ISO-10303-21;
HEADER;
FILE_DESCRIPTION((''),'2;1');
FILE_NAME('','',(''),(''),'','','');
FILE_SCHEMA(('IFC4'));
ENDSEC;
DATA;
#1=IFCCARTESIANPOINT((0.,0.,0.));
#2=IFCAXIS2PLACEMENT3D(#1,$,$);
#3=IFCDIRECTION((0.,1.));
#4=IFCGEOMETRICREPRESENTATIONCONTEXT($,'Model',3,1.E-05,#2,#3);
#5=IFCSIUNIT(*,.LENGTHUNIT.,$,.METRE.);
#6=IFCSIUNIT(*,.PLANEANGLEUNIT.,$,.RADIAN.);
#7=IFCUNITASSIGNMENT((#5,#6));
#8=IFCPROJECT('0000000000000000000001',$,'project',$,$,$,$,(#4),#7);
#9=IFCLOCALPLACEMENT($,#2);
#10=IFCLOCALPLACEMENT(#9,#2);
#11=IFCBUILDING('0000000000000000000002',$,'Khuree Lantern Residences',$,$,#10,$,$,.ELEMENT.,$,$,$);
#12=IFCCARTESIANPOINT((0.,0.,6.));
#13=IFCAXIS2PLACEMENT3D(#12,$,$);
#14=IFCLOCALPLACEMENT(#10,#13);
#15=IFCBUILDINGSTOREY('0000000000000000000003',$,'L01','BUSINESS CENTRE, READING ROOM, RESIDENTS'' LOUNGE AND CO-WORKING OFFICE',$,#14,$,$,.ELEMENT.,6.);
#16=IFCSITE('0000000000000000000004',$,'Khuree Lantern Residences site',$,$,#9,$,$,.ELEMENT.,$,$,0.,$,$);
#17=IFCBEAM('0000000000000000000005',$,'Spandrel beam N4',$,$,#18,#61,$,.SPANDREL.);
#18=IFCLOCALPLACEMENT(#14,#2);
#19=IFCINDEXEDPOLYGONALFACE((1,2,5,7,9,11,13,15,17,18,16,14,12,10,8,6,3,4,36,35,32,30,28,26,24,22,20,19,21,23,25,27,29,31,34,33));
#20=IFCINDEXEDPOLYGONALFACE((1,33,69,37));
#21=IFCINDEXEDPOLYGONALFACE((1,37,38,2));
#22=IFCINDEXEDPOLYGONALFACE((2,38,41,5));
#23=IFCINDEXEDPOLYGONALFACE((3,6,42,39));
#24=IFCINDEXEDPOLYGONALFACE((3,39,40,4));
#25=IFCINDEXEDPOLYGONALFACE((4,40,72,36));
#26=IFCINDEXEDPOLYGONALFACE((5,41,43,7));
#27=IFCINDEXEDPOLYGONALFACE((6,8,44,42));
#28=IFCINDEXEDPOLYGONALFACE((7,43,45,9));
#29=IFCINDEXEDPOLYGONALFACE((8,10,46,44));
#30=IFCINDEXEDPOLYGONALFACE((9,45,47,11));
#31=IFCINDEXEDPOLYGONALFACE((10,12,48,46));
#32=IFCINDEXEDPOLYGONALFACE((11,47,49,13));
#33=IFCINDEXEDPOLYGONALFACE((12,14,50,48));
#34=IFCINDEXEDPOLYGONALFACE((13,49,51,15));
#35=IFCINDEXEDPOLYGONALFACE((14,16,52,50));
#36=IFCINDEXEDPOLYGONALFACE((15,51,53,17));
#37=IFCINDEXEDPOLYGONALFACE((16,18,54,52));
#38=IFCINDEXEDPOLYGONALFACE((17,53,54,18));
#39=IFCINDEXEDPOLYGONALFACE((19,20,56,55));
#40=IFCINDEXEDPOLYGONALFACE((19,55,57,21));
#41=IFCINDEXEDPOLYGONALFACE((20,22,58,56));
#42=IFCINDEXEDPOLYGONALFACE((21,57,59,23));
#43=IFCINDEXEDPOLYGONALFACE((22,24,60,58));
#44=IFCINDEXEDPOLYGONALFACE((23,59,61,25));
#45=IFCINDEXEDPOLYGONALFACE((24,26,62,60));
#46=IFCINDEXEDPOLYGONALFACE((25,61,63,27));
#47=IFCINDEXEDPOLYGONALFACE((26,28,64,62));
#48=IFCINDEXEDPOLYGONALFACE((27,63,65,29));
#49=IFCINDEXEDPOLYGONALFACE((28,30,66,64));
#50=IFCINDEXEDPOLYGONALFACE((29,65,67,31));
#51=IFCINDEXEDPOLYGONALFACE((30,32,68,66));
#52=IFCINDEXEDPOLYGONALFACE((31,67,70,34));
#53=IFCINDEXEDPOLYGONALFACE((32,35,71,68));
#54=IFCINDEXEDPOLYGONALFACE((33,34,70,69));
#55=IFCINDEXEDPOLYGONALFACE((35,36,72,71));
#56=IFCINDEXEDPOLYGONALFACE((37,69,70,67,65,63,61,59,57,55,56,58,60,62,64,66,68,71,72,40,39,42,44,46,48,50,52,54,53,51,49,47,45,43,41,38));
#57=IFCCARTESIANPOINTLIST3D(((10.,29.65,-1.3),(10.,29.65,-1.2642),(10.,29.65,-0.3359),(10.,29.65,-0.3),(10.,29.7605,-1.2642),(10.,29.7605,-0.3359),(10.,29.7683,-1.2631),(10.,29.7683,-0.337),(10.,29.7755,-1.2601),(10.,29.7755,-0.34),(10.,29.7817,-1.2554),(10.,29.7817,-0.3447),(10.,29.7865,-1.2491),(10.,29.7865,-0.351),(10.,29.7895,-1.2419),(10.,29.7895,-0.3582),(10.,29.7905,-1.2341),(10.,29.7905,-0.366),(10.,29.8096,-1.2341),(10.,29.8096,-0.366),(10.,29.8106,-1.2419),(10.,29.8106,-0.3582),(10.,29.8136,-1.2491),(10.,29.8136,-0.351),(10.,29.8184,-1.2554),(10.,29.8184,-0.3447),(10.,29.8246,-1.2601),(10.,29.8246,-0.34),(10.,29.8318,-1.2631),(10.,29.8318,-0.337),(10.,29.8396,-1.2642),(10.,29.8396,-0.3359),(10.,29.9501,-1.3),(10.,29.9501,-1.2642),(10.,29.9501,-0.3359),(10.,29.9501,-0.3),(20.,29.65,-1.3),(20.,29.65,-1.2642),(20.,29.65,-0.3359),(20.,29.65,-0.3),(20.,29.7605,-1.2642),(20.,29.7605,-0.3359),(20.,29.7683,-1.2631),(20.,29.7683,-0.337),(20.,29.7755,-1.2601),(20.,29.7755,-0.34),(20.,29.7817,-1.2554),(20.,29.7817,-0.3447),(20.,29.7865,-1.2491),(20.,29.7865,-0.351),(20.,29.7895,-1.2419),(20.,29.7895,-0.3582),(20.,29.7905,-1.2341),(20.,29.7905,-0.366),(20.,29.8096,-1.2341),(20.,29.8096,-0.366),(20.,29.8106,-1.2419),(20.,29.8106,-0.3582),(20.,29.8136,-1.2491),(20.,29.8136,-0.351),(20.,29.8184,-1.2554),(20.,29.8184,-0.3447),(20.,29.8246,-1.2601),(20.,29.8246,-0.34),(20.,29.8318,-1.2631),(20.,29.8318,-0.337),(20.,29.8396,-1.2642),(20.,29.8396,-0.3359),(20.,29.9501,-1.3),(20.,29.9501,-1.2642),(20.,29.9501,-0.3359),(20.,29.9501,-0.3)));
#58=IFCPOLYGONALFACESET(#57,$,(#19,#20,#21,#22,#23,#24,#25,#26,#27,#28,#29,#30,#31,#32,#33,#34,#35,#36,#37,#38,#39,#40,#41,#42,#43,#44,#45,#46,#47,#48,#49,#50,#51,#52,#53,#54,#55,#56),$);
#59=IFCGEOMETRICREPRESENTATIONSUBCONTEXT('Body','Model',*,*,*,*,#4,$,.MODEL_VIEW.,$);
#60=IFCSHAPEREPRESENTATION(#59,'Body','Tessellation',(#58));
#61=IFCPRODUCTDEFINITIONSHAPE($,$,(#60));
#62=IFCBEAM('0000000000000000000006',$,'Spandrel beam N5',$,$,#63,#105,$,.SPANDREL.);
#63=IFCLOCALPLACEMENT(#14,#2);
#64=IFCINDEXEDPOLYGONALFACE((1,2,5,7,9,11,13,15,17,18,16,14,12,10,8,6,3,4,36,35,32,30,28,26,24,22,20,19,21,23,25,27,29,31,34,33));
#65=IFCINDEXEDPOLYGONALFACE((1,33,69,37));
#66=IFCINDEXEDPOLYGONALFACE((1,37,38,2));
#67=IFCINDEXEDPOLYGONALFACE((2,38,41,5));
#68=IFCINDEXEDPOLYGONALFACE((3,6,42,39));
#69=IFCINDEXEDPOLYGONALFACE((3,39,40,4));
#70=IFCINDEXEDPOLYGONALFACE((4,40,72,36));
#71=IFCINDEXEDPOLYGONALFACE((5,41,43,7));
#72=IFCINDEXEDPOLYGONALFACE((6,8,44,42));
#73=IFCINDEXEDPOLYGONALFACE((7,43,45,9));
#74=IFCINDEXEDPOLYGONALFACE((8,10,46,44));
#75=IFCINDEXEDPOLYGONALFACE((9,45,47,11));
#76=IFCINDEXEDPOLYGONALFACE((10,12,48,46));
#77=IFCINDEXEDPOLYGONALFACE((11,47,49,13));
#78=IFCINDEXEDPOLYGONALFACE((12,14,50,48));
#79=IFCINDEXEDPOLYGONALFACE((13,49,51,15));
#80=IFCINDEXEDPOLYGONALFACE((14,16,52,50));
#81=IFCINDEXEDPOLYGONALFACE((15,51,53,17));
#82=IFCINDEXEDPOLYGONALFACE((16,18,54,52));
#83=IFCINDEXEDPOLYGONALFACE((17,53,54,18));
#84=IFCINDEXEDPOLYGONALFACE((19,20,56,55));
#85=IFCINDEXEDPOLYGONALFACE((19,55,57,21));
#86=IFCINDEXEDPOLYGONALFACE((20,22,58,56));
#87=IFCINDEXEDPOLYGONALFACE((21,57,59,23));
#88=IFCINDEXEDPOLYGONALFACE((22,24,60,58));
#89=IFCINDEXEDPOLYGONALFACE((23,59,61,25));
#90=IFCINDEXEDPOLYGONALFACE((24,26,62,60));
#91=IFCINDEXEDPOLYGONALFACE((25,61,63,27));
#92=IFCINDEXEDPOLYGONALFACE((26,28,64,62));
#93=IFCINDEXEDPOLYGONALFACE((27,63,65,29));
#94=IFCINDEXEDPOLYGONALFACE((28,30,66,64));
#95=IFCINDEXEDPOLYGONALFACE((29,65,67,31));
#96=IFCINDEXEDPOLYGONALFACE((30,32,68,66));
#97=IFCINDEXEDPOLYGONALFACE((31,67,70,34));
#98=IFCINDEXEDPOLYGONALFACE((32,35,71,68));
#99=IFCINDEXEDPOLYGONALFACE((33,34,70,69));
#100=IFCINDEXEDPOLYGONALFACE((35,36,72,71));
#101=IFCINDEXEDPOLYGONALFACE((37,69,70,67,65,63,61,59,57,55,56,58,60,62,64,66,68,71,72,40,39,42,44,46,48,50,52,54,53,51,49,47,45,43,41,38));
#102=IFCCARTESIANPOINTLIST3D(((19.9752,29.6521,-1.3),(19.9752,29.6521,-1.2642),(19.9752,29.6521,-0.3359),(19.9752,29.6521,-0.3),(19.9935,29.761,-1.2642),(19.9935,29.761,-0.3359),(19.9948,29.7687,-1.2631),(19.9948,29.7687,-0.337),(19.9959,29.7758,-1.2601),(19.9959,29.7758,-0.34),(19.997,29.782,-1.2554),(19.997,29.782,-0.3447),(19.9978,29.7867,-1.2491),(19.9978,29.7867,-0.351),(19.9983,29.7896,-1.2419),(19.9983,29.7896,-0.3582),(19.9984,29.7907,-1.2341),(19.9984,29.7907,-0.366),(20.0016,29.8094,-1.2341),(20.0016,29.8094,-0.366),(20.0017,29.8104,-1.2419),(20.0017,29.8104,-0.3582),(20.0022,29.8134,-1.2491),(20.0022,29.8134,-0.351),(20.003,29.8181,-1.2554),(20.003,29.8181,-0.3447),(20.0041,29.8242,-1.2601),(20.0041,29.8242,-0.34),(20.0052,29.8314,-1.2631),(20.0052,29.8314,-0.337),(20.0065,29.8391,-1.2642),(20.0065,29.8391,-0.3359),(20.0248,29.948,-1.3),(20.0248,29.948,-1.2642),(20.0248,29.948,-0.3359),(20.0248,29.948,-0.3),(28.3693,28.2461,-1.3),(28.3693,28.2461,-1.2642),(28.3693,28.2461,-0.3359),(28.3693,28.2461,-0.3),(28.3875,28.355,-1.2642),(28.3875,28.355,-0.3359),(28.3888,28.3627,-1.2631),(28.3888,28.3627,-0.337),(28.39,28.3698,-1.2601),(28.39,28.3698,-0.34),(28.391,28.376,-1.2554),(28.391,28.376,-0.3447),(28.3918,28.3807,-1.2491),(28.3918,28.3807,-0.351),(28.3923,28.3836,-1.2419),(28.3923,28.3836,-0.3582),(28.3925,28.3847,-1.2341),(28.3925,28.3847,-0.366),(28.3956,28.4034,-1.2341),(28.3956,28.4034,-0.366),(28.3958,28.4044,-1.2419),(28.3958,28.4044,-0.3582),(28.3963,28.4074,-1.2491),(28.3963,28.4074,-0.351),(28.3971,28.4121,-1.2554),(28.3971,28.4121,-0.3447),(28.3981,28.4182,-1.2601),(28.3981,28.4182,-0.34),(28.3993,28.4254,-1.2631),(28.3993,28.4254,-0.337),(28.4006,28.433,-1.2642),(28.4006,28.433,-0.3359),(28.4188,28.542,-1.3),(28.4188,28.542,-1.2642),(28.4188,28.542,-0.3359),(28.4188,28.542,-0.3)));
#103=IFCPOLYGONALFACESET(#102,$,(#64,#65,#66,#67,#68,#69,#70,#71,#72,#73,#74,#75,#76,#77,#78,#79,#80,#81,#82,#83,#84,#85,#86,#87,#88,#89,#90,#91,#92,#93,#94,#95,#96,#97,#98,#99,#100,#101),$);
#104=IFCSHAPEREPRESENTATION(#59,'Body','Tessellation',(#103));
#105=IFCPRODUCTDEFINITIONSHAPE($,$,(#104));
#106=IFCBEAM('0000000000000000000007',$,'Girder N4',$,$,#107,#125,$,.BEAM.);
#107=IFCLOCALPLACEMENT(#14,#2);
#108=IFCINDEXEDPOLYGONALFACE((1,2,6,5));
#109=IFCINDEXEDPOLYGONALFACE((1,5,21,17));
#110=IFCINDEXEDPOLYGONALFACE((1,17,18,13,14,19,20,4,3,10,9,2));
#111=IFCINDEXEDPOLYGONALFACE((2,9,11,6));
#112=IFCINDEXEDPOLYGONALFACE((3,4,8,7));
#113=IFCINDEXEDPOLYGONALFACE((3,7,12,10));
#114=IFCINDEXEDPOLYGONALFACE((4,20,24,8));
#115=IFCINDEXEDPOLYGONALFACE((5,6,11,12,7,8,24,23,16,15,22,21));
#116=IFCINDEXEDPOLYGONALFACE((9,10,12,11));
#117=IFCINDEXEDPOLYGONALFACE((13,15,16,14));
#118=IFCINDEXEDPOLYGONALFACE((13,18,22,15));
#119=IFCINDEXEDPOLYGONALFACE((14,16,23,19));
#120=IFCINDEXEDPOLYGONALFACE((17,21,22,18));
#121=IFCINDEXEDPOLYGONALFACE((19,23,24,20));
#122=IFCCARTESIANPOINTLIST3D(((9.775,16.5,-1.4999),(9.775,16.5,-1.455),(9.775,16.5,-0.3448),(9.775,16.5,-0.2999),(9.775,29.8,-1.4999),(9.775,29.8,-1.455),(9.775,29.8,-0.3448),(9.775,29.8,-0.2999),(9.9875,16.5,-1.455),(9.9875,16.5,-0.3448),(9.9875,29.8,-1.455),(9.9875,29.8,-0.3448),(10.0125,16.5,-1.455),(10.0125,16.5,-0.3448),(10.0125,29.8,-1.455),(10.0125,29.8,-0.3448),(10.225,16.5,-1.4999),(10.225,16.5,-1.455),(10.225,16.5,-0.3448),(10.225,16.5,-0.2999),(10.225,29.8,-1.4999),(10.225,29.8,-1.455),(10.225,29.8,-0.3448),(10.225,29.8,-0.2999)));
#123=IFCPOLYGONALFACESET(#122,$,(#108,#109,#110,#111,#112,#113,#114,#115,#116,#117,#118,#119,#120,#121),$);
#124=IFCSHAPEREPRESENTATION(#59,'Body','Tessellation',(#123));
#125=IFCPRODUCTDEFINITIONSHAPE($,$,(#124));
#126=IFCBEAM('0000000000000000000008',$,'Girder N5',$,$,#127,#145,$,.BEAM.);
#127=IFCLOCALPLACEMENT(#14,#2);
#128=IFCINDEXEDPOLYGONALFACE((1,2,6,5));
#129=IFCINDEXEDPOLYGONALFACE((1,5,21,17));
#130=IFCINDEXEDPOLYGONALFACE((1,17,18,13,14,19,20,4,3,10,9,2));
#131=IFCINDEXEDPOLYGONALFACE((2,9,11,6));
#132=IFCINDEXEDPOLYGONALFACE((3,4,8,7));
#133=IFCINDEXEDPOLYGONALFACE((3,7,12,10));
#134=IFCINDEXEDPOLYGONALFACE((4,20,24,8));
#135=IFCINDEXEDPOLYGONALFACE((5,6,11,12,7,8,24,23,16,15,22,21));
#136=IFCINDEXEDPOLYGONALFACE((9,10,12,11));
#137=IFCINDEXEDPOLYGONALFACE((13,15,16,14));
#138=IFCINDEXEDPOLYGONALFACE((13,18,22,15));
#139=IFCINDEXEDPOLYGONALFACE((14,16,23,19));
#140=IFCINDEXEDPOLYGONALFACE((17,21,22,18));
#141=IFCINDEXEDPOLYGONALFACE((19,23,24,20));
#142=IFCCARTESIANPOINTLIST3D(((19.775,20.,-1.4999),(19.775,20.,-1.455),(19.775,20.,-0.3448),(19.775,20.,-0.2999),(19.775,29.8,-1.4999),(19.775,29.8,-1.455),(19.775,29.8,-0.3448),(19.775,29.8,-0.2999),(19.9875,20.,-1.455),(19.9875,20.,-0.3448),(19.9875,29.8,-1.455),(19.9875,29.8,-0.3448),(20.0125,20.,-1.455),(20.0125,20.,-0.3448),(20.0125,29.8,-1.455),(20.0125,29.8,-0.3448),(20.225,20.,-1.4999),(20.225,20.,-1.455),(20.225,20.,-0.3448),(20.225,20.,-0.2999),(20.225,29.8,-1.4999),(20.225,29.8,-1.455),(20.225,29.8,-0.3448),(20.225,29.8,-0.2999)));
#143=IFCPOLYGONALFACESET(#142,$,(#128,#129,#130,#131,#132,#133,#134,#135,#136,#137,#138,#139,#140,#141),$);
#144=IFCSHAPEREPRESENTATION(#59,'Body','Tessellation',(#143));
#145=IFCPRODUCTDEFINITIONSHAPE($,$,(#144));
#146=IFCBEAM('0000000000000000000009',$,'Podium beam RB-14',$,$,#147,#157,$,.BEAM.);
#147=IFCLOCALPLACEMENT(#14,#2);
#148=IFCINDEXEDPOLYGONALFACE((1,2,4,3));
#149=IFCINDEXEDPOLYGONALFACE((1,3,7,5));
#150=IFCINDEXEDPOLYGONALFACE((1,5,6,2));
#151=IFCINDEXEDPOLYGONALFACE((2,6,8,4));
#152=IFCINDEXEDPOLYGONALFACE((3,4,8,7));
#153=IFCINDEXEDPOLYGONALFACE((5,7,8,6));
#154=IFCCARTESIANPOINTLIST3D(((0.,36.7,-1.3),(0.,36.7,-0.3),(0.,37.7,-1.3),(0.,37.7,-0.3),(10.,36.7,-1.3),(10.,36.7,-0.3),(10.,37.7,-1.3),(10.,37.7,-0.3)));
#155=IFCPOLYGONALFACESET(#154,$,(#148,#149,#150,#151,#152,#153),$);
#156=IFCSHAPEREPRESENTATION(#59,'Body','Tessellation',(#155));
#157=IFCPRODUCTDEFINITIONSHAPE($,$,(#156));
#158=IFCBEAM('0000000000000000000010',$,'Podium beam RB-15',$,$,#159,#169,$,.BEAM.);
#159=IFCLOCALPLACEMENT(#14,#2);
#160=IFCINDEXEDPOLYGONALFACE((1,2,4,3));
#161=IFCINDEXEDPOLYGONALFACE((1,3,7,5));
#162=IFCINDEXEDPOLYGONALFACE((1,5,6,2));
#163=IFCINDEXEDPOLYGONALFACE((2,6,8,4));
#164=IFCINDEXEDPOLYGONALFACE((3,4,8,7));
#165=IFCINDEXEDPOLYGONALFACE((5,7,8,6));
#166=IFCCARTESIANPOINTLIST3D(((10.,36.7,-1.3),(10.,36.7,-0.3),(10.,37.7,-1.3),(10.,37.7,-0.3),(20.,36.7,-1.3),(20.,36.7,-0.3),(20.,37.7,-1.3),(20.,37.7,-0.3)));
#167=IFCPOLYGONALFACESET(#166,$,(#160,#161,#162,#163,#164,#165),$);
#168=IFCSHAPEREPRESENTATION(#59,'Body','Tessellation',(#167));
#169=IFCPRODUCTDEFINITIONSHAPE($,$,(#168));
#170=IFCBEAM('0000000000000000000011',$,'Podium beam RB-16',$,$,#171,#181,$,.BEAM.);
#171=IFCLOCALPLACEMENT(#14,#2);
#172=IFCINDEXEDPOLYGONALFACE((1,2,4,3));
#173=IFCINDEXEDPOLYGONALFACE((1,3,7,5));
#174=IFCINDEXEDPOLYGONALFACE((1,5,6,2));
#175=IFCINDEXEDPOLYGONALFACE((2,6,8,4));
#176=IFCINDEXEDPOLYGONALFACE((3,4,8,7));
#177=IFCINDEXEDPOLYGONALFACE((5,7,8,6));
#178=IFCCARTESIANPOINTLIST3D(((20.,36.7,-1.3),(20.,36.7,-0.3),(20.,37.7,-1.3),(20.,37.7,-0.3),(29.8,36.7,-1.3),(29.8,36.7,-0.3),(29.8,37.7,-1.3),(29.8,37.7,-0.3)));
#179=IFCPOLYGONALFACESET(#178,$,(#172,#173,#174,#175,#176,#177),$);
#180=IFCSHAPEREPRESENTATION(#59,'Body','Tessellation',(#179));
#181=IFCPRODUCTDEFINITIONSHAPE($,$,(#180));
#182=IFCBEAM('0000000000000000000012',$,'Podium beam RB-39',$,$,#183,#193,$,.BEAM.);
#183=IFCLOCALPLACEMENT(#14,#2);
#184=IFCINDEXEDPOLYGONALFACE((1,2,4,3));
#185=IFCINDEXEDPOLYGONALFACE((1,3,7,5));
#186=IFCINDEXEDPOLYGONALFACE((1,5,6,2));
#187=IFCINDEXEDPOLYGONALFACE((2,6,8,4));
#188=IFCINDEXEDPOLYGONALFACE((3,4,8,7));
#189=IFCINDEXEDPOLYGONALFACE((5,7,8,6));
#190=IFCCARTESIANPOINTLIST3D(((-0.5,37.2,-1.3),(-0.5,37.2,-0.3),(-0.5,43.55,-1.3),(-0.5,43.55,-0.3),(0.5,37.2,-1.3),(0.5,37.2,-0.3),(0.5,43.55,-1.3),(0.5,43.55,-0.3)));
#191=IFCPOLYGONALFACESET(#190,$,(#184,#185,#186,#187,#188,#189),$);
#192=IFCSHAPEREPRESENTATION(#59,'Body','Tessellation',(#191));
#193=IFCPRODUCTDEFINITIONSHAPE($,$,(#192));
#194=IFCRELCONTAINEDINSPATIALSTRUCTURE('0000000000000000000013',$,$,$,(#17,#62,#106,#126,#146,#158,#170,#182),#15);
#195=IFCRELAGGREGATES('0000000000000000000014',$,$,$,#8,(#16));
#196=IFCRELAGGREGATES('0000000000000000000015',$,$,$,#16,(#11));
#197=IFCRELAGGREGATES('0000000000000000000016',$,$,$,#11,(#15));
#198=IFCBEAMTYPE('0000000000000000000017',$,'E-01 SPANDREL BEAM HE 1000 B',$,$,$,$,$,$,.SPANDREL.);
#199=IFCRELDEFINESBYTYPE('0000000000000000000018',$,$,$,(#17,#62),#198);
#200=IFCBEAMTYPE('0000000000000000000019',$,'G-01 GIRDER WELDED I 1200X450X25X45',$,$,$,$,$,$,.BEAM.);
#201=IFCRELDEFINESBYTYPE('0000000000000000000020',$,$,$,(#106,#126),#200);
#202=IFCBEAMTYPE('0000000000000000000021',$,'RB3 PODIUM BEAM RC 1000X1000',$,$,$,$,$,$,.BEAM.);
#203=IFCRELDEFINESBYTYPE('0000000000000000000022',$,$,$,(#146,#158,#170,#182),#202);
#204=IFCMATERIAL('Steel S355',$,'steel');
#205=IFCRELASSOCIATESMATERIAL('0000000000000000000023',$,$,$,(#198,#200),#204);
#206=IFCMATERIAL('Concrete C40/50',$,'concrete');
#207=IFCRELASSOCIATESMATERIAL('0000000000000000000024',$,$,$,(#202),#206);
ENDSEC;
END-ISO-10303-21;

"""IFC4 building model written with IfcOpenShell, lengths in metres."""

from ifc_helpers import new_model, si_unit, direction, frame, origin, origin_2d, place, context, subcontext, project, spatial, rectangle, i_section, extrude, material, material_profile, profile_set, type_object, element, save


model = new_model("IFC4")

# Units and contexts
model_context = context("Model", 3, precision=1e-05, world=origin(), true_north=direction((0.0, 1.0)))
body_context = subcontext(model_context, "Body", "Model", "MODEL_VIEW")
ifc_project = project(units=[si_unit("LENGTHUNIT", "METRE"), si_unit("PLANEANGLEUNIT", "RADIAN")], contexts=[model_context])

# Site, building, storey
site_placement = place(None, origin())
site = spatial("IfcSite", under=ifc_project, at=site_placement, Name="Khuree Lantern Residences site", CompositionType="ELEMENT", RefElevation=0.0)
building_placement = place(site_placement, origin())
building = spatial("IfcBuilding", under=site, at=building_placement, Name="Khuree Lantern Residences", CompositionType="ELEMENT")
storey_placement = place(building_placement, frame((0.0, 0.0, 6.0)))
storey = spatial("IfcBuildingStorey", under=building, at=storey_placement, Name="L01", Description="BUSINESS CENTRE, READING ROOM, RESIDENTS' LOUNGE AND CO-WORKING OFFICE", CompositionType="ELEMENT", Elevation=6.0)

# Beams
ifc_material_1 = material(Name="Steel S355", Category="steel")
ifc_material_profile_1 = material_profile(ifc_material_1, i_section(OverallWidth=0.3, OverallDepth=1.0, WebThickness=0.019, FlangeThickness=0.0359, FilletRadius=0.03, at=origin_2d()), Name="HE 1000 B")
ifc_profile_set_1 = profile_set([ifc_material_profile_1], Name="Steel S355")
beam_type_1 = type_object("IfcBeamType", Name="E-01 SPANDREL BEAM HE 1000 B", PredefinedType="SPANDREL", material=ifc_profile_set_1)
beam_1_placement = place(storey_placement, frame((10.0, 29.8, -0.8), z_axis=(1.0, 0.0, 0.0), x_axis=(0.0, 1.0, 0.0)))
element("IfcBeam", 1, at=beam_1_placement, inside=storey, type_object=beam_type_1, Name="Spandrel beam N4", PredefinedType="SPANDREL", context=body_context, shape_type="SweptSolid", body=[
    extrude(i_section(OverallWidth=0.3, OverallDepth=1.0, WebThickness=0.019, FlangeThickness=0.0359, FilletRadius=0.03, at=origin_2d()), origin(), (0.0, 0.0, 1.0), 10.0),
])
beam_2_placement = place(storey_placement, frame((20.0, 29.8, -0.8), z_axis=(0.98626, -0.165199, 0.0), x_axis=(0.165199, 0.98626, 0.0)))
element("IfcBeam", 2, at=beam_2_placement, inside=storey, type_object=beam_type_1, Name="Spandrel beam N5", PredefinedType="SPANDREL", context=body_context, shape_type="SweptSolid", body=[
    extrude(i_section(OverallWidth=0.3, OverallDepth=1.0, WebThickness=0.019, FlangeThickness=0.0359, FilletRadius=0.03, at=origin_2d()), origin(), (0.0, 0.0, 1.0), 8.511),
])
ifc_material_profile_2 = material_profile(ifc_material_1, i_section(OverallWidth=0.45, OverallDepth=1.2, WebThickness=0.0249, FlangeThickness=0.0449, at=origin_2d()), Name="WELDED I 1200X450X25X45")
ifc_profile_set_2 = profile_set([ifc_material_profile_2], Name="Steel S355")
beam_type_2 = type_object("IfcBeamType", Name="G-01 GIRDER WELDED I 1200X450X25X45", PredefinedType="BEAM", material=ifc_profile_set_2)
beam_3_placement = place(storey_placement, frame((10.0, 29.8, -0.8999), z_axis=(0.0, -1.0, 0.0), x_axis=(1.0, 0.0, 0.0)))
element("IfcBeam", 3, at=beam_3_placement, inside=storey, type_object=beam_type_2, Name="Girder N4", PredefinedType="BEAM", context=body_context, shape_type="SweptSolid", body=[
    extrude(i_section(OverallWidth=0.45, OverallDepth=1.2, WebThickness=0.0249, FlangeThickness=0.0449, at=origin_2d()), origin(), (0.0, 0.0, 1.0), 13.3),
])
beam_4_placement = place(storey_placement, frame((20.0, 29.8, -0.8999), z_axis=(0.0, -1.0, 0.0), x_axis=(1.0, 0.0, 0.0)))
element("IfcBeam", 4, at=beam_4_placement, inside=storey, type_object=beam_type_2, Name="Girder N5", PredefinedType="BEAM", context=body_context, shape_type="SweptSolid", body=[
    extrude(i_section(OverallWidth=0.45, OverallDepth=1.2, WebThickness=0.0249, FlangeThickness=0.0449, at=origin_2d()), origin(), (0.0, 0.0, 1.0), 9.8),
])
ifc_material_2 = material(Name="Concrete C40/50", Category="concrete")
ifc_material_profile_3 = material_profile(ifc_material_2, rectangle(XDim=1.0, YDim=1.0, at=origin_2d()), Name="RC 1000X1000")
ifc_profile_set_3 = profile_set([ifc_material_profile_3], Name="Concrete C40/50")
beam_type_3 = type_object("IfcBeamType", Name="RB3 PODIUM BEAM RC 1000X1000", PredefinedType="BEAM", material=ifc_profile_set_3)
for number, where, z_axis, x_axis, name in (
    (5, (0.0, 37.2, -0.8), (1.0, 0.0, 0.0), (0.0, 1.0, 0.0), "Podium beam RB-14"),
    (6, (10.0, 37.2, -0.8), (1.0, 0.0, 0.0), (0.0, 1.0, 0.0), "Podium beam RB-15"),
):
    element("IfcBeam", number, at=place(storey_placement, frame(where, z_axis=z_axis, x_axis=x_axis)), inside=storey, type_object=beam_type_3, Name=name, PredefinedType="BEAM", context=body_context, shape_type="SweptSolid", body=[
        extrude(rectangle(XDim=1.0, YDim=1.0, at=origin_2d()), origin(), (0.0, 0.0, 1.0), 10.0),
    ])
beam_5_placement = place(storey_placement, frame((20.0, 37.2, -0.8), z_axis=(1.0, 0.0, 0.0), x_axis=(0.0, 1.0, 0.0)))
element("IfcBeam", 7, at=beam_5_placement, inside=storey, type_object=beam_type_3, Name="Podium beam RB-16", PredefinedType="BEAM", context=body_context, shape_type="SweptSolid", body=[
    extrude(rectangle(XDim=1.0, YDim=1.0, at=origin_2d()), origin(), (0.0, 0.0, 1.0), 9.8),
])
beam_6_placement = place(storey_placement, frame((0.0, 37.2, -0.8), z_axis=(0.0, 1.0, 0.0), x_axis=(-1.0, 0.0, 0.0)))
element("IfcBeam", 8, at=beam_6_placement, inside=storey, type_object=beam_type_3, Name="Podium beam RB-39", PredefinedType="BEAM", context=body_context, shape_type="SweptSolid", body=[
    extrude(rectangle(XDim=1.0, YDim=1.0, at=origin_2d()), origin(), (0.0, 0.0, 1.0), 6.3501),
])

save(model, "model.ifc")
